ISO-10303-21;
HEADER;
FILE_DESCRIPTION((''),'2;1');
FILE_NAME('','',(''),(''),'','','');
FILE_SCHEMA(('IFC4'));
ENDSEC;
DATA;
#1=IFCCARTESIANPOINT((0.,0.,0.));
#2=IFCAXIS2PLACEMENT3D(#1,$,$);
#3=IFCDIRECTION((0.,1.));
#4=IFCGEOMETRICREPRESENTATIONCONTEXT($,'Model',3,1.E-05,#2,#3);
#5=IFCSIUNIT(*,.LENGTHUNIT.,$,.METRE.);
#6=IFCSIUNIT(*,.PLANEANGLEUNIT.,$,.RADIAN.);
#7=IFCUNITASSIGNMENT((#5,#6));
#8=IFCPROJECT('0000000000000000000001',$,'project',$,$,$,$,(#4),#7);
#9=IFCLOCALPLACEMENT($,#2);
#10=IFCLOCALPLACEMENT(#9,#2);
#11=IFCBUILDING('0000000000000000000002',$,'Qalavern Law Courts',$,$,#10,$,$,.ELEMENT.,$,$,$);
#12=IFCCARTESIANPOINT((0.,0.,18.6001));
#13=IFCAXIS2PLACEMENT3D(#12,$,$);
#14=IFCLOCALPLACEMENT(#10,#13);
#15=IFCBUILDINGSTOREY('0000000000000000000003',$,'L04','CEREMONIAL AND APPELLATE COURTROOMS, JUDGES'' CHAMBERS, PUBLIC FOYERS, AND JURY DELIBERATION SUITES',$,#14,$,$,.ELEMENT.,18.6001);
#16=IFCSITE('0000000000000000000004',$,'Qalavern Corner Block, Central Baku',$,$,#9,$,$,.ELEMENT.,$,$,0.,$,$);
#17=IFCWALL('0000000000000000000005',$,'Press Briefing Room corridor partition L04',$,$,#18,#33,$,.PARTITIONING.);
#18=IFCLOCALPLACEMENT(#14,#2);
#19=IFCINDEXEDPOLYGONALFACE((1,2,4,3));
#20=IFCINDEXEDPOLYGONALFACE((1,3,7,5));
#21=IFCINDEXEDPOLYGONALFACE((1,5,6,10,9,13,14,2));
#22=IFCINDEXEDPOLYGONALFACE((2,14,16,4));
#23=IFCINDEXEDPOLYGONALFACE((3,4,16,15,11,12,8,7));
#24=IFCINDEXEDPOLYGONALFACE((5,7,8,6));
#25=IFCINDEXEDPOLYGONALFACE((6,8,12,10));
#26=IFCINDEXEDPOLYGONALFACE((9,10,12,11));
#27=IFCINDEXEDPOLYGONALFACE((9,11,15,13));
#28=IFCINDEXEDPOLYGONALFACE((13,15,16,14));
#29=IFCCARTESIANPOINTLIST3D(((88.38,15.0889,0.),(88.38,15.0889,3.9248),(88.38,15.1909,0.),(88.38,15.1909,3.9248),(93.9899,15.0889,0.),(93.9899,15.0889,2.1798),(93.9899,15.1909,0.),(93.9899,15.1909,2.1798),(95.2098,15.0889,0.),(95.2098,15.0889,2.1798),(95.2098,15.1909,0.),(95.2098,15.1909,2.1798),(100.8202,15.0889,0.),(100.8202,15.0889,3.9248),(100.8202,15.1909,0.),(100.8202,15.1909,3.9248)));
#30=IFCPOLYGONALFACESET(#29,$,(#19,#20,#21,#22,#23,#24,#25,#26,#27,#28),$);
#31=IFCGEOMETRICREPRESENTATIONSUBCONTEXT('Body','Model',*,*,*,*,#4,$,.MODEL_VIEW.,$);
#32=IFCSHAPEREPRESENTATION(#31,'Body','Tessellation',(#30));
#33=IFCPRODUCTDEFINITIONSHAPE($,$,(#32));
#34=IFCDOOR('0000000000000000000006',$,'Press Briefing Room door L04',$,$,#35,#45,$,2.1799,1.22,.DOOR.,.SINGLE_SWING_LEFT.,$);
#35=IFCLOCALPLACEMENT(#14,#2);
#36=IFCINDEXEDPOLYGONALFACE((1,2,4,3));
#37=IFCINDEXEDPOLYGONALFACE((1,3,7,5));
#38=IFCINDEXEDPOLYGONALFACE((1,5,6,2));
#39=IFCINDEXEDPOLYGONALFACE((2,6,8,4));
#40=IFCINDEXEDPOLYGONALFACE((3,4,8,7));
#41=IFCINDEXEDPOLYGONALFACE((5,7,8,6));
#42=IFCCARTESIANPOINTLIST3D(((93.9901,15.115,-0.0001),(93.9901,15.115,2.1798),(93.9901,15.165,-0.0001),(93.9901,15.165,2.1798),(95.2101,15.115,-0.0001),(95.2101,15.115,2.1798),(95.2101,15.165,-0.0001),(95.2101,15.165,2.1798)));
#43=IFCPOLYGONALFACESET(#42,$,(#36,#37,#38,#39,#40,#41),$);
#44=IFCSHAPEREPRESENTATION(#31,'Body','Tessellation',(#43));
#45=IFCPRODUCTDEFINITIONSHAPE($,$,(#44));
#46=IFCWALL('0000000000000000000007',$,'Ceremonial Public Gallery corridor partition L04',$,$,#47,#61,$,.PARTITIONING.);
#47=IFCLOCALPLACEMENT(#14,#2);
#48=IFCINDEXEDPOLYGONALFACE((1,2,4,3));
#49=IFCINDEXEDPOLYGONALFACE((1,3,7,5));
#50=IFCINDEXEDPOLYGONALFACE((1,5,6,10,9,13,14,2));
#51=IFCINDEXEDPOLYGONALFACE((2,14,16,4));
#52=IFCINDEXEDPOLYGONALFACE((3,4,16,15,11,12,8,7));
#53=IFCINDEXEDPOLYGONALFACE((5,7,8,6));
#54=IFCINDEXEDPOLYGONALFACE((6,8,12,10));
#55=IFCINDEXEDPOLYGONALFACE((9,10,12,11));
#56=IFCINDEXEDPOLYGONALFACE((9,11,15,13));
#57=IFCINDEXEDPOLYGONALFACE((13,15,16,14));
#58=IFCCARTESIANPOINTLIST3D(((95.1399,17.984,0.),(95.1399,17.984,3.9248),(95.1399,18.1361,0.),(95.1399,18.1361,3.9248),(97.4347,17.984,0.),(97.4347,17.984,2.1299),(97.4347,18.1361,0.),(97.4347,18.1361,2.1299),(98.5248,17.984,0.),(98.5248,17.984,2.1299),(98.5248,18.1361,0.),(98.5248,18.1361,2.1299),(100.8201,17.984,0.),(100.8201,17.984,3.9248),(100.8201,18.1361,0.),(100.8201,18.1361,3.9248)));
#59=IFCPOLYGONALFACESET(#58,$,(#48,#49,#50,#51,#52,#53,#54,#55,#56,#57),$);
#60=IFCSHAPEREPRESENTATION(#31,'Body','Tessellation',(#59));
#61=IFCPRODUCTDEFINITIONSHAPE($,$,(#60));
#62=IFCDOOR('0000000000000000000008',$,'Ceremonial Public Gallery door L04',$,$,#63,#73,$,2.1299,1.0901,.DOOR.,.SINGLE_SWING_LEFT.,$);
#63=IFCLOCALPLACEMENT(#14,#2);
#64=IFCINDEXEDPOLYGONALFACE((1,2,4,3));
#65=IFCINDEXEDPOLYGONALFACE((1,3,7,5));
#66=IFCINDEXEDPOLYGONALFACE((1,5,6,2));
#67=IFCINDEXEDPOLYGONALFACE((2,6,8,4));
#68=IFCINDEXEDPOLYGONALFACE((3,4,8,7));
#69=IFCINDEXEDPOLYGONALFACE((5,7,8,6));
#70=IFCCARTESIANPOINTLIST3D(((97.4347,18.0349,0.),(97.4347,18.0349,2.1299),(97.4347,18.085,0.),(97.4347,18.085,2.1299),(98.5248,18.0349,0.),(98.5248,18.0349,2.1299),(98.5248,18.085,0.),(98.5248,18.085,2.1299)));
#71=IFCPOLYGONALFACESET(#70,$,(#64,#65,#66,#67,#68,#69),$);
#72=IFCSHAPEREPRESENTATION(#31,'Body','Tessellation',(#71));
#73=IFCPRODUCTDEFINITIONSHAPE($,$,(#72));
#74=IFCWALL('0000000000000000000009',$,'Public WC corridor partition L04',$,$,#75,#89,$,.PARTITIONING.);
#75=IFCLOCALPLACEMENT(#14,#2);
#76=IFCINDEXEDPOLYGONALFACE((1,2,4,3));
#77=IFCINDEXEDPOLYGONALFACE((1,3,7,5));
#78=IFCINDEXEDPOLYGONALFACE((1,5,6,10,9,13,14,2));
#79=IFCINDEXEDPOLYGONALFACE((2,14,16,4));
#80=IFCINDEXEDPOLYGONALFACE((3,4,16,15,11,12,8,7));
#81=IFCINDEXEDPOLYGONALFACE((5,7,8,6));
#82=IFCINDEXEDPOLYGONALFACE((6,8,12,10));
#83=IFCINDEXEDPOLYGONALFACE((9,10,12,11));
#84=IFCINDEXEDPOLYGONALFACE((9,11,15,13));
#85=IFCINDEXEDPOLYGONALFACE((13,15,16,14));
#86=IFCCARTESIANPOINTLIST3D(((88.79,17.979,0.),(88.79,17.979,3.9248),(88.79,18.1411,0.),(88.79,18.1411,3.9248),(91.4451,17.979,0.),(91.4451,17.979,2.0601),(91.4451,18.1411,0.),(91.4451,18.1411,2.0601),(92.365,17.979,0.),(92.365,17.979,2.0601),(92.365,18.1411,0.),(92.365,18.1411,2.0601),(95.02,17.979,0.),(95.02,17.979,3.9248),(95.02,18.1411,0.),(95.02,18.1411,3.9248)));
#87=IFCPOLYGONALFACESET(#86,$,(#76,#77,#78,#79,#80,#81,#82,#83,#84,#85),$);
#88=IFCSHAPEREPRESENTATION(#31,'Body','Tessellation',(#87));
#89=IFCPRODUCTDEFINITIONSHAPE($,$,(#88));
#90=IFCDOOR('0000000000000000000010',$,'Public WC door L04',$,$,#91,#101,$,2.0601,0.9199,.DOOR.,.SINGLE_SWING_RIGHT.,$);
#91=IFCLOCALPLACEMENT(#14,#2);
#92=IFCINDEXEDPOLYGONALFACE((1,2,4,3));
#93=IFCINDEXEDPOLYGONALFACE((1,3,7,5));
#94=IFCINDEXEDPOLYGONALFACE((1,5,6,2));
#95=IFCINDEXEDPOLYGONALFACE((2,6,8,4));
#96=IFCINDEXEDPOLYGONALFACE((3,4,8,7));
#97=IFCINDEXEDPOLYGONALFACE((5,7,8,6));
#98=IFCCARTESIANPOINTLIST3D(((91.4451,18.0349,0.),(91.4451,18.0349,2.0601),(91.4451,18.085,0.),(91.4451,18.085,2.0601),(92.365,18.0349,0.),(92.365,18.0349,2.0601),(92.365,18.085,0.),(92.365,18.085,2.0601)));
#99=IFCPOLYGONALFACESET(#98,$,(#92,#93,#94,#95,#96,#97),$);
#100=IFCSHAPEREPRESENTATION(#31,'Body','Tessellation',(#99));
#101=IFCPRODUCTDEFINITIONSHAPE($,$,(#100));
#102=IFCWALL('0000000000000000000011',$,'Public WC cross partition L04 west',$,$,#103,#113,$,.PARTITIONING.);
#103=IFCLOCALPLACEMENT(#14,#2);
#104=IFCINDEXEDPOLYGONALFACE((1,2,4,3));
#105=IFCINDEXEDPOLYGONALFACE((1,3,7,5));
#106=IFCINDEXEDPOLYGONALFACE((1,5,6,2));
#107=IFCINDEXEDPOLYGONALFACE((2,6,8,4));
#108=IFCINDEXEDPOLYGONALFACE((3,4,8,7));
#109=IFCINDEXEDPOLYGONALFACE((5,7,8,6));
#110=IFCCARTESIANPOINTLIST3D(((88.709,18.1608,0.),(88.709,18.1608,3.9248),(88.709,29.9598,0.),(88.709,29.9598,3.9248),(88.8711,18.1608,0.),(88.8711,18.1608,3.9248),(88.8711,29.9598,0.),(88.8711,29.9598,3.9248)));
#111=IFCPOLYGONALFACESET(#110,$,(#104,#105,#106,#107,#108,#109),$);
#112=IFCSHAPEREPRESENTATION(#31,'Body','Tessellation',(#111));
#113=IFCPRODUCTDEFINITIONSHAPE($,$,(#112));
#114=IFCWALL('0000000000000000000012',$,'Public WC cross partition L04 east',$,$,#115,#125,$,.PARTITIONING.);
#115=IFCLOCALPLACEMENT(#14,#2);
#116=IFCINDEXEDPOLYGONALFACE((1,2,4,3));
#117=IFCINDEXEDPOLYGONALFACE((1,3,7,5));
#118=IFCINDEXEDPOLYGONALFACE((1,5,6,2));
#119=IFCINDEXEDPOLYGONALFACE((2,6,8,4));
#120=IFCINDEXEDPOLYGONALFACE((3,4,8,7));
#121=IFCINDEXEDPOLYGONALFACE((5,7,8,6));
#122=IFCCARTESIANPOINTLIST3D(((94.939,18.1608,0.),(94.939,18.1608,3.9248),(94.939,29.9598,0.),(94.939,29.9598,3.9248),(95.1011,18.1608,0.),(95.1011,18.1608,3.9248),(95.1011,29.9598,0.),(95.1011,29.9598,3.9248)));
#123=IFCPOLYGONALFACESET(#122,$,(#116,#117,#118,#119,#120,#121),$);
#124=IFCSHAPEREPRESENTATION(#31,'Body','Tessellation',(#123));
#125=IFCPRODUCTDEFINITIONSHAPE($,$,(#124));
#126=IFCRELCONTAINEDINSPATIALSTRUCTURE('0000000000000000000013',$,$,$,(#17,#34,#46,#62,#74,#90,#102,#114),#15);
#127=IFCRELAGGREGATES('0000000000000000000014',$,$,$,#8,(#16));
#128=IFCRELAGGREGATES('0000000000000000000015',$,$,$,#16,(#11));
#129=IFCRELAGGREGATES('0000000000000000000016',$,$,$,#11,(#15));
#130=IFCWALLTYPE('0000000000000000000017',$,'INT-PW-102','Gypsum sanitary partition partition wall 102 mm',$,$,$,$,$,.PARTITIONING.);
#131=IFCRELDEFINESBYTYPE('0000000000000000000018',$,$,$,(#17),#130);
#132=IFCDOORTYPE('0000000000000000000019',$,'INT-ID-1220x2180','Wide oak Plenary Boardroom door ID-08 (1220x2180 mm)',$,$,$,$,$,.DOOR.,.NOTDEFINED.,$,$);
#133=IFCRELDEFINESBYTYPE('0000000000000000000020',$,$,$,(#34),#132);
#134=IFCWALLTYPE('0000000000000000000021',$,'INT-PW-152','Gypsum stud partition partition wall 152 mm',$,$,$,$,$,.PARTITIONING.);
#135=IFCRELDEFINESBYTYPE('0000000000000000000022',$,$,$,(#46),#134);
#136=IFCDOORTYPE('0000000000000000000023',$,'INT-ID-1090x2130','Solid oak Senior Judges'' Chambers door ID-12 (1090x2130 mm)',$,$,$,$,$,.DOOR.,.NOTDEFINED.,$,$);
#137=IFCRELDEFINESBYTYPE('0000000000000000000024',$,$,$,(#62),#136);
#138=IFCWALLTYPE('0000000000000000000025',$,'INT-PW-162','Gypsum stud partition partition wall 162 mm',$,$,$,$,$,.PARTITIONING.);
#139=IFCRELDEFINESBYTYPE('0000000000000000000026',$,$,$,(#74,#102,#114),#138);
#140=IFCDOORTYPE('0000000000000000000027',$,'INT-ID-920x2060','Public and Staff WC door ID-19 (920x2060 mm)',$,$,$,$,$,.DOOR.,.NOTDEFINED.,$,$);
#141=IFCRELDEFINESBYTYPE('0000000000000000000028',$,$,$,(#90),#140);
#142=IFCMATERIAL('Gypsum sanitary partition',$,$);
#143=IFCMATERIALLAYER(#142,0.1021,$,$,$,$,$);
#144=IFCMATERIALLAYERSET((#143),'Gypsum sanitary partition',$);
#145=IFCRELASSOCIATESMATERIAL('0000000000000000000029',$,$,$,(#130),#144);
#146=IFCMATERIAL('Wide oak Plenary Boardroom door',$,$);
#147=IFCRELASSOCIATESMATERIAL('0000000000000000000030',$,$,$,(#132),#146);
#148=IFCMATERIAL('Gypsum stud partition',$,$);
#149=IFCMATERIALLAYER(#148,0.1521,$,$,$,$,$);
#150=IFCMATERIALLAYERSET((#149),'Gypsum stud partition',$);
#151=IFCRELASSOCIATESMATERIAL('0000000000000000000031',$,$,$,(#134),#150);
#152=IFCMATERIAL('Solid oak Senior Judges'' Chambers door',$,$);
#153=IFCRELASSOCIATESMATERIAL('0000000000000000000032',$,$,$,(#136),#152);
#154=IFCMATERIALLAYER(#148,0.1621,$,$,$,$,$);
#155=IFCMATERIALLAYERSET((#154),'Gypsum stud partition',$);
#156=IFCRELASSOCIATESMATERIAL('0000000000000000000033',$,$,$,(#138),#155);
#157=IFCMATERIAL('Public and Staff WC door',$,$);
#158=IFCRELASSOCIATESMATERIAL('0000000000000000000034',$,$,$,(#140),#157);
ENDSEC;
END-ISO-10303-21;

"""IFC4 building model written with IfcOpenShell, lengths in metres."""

from ifc_helpers import new_model, si_unit, direction, frame, frame_2d, origin, place, context, subcontext, project, spatial, rectangle, extrude, material, layer, layer_set, type_object, element, fill, save


model = new_model("IFC4")

# Units and contexts
model_context = context("Model", 3, precision=1e-05, world=origin(), true_north=direction((0.0, 1.0)))
body_context = subcontext(model_context, "Body", "Model", "MODEL_VIEW")
ifc_project = project(units=[si_unit("LENGTHUNIT", "METRE"), si_unit("PLANEANGLEUNIT", "RADIAN")], contexts=[model_context])

# Site, building, storey
site_placement = place(None, origin())
site = spatial("IfcSite", under=ifc_project, at=site_placement, Name="Qalavern Corner Block, Central Baku", CompositionType="ELEMENT", RefElevation=0.0)
building_placement = place(site_placement, origin())
building = spatial("IfcBuilding", under=site, at=building_placement, Name="Qalavern Law Courts", CompositionType="ELEMENT")
storey_placement = place(building_placement, frame((0.0, 0.0, 18.6001)))
storey = spatial("IfcBuildingStorey", under=building, at=storey_placement, Name="L04", Description="CEREMONIAL AND APPELLATE COURTROOMS, JUDGES' CHAMBERS, PUBLIC FOYERS, AND JURY DELIBERATION SUITES", CompositionType="ELEMENT", Elevation=18.6001)

# Walls, openings, doors
ifc_material_1 = material(Name="Gypsum sanitary partition")
ifc_layer_1 = layer(ifc_material_1, 0.1021)
ifc_layer_set_1 = layer_set([ifc_layer_1], Name="Gypsum sanitary partition")
wall_type_1 = type_object("IfcWallType", Name="INT-PW-102", Description="Gypsum sanitary partition partition wall 102 mm", PredefinedType="PARTITIONING", material=ifc_layer_set_1)
wall_1_placement = place(storey_placement, frame((88.3799, 15.1399, 0.0), z_axis=(0.0, 0.0, 1.0), x_axis=(1.0, 0.0, 0.0)))
wall_1 = element("IfcWall", 1, at=wall_1_placement, inside=storey, type_object=wall_type_1, Name="Press Briefing Room corridor partition L04", PredefinedType="PARTITIONING", context=body_context, shape_type="SweptSolid", body=[
    extrude(rectangle(XDim=12.4402, YDim=0.1021, at=frame_2d((6.2202, 0.0))), origin(), (0.0, 0.0, 1.0), 3.9248),
])
opening_1_placement = place(wall_1_placement, frame((5.6101, 0.0, 0.0)))
opening_1 = element("IfcOpeningElement", 2, at=opening_1_placement, cuts=wall_1, PredefinedType="OPENING", context=body_context, shape_type="SweptSolid", body=[
    extrude(rectangle(XDim=1.22, YDim=2.1799, at=frame_2d((0.6099, 1.0898))), frame((0.0, 0.0659, 0.0), z_axis=(0.0, -1.0, 0.0), x_axis=(1.0, 0.0, 0.0)), (0.0, 0.0, 1.0), 0.1318),
])
ifc_material_2 = material(Name="Wide oak Plenary Boardroom door")
door_type_1 = type_object("IfcDoorType", Name="INT-ID-1220x2180", Description="Wide oak Plenary Boardroom door ID-08 (1220x2180 mm)", OperationType="NOTDEFINED", PredefinedType="DOOR", material=ifc_material_2)
door_1_placement = place(opening_1_placement, frame((1.22, 0.0, 0.0), z_axis=(0.0, 0.0, 1.0), x_axis=(-1.0, 0.0, 0.0)))
door_1 = element("IfcDoor", 3, at=door_1_placement, inside=storey, type_object=door_type_1, Name="Press Briefing Room door L04", OperationType="SINGLE_SWING_LEFT", OverallHeight=2.1799, OverallWidth=1.22, PredefinedType="DOOR", context=body_context, shape_type="SweptSolid", body=[
    extrude(rectangle(XDim=1.22, YDim=2.1799, at=frame_2d((0.6099, 1.0898))), frame((0.0, 0.0249, 0.0), z_axis=(0.0, -1.0, 0.0), x_axis=(1.0, 0.0, 0.0)), (0.0, 0.0, 1.0), 0.05),
])
fill(opening_1, door_1)
ifc_material_3 = material(Name="Gypsum stud partition")
ifc_layer_2 = layer(ifc_material_3, 0.1521)
ifc_layer_set_2 = layer_set([ifc_layer_2], Name="Gypsum stud partition")
wall_type_2 = type_object("IfcWallType", Name="INT-PW-152", Description="Gypsum stud partition partition wall 152 mm", PredefinedType="PARTITIONING", material=ifc_layer_set_2)
wall_2_placement = place(storey_placement, frame((95.1399, 18.0601, 0.0), z_axis=(0.0, 0.0, 1.0), x_axis=(1.0, 0.0, 0.0)))
wall_2 = element("IfcWall", 4, at=wall_2_placement, inside=storey, type_object=wall_type_2, Name="Ceremonial Public Gallery corridor partition L04", PredefinedType="PARTITIONING", context=body_context, shape_type="SweptSolid", body=[
    extrude(rectangle(XDim=5.6802, YDim=0.1521, at=frame_2d((2.8401, 0.0))), origin(), (0.0, 0.0, 1.0), 3.9248),
])
opening_2_placement = place(wall_2_placement, frame((2.2949, 0.0, 0.0)))
opening_2 = element("IfcOpeningElement", 5, at=opening_2_placement, cuts=wall_2, PredefinedType="OPENING", context=body_context, shape_type="SweptSolid", body=[
    extrude(rectangle(XDim=1.0901, YDim=2.1299, at=frame_2d((0.5449, 1.0649))), frame((0.0, 0.0908, 0.0), z_axis=(0.0, -1.0, 0.0), x_axis=(1.0, 0.0, 0.0)), (0.0, 0.0, 1.0), 0.1819),
])
ifc_material_4 = material(Name="Solid oak Senior Judges' Chambers door")
door_type_2 = type_object("IfcDoorType", Name="INT-ID-1090x2130", Description="Solid oak Senior Judges' Chambers door ID-12 (1090x2130 mm)", OperationType="NOTDEFINED", PredefinedType="DOOR", material=ifc_material_4)
door_2_placement = place(opening_2_placement, origin())
door_2 = element("IfcDoor", 6, at=door_2_placement, inside=storey, type_object=door_type_2, Name="Ceremonial Public Gallery door L04", OperationType="SINGLE_SWING_LEFT", OverallHeight=2.1299, OverallWidth=1.0901, PredefinedType="DOOR", context=body_context, shape_type="SweptSolid", body=[
    extrude(rectangle(XDim=1.0901, YDim=2.1299, at=frame_2d((0.5449, 1.0649))), frame((0.0, 0.0249, 0.0), z_axis=(0.0, -1.0, 0.0), x_axis=(1.0, 0.0, 0.0)), (0.0, 0.0, 1.0), 0.05),
])
fill(opening_2, door_2)
ifc_layer_3 = layer(ifc_material_3, 0.1621)
ifc_layer_set_3 = layer_set([ifc_layer_3], Name="Gypsum stud partition")
wall_type_3 = type_object("IfcWallType", Name="INT-PW-162", Description="Gypsum stud partition partition wall 162 mm", PredefinedType="PARTITIONING", material=ifc_layer_set_3)
wall_3_placement = place(storey_placement, frame((88.79, 18.0601, 0.0), z_axis=(0.0, 0.0, 1.0), x_axis=(1.0, 0.0, 0.0)))
wall_3 = element("IfcWall", 7, at=wall_3_placement, inside=storey, type_object=wall_type_3, Name="Public WC corridor partition L04", PredefinedType="PARTITIONING", context=body_context, shape_type="SweptSolid", body=[
    extrude(rectangle(XDim=6.23, YDim=0.1621, at=frame_2d((3.115, 0.0))), origin(), (0.0, 0.0, 1.0), 3.9248),
])
opening_3_placement = place(wall_3_placement, frame((2.655, 0.0, 0.0)))
opening_3 = element("IfcOpeningElement", 8, at=opening_3_placement, cuts=wall_3, PredefinedType="OPENING", context=body_context, shape_type="SweptSolid", body=[
    extrude(rectangle(XDim=0.9199, YDim=2.0601, at=frame_2d((0.46, 1.03))), frame((0.0, 0.0959, 0.0), z_axis=(0.0, -1.0, 0.0), x_axis=(1.0, 0.0, 0.0)), (0.0, 0.0, 1.0), 0.1919),
])
ifc_material_5 = material(Name="Public and Staff WC door")
door_type_3 = type_object("IfcDoorType", Name="INT-ID-920x2060", Description="Public and Staff WC door ID-19 (920x2060 mm)", OperationType="NOTDEFINED", PredefinedType="DOOR", material=ifc_material_5)
door_3_placement = place(opening_3_placement, origin())
door_3 = element("IfcDoor", 9, at=door_3_placement, inside=storey, type_object=door_type_3, Name="Public WC door L04", OperationType="SINGLE_SWING_RIGHT", OverallHeight=2.0601, OverallWidth=0.9199, PredefinedType="DOOR", context=body_context, shape_type="SweptSolid", body=[
    extrude(rectangle(XDim=0.9199, YDim=2.0601, at=frame_2d((0.46, 1.03))), frame((0.0, 0.0249, 0.0), z_axis=(0.0, -1.0, 0.0), x_axis=(1.0, 0.0, 0.0)), (0.0, 0.0, 1.0), 0.05),
])
fill(opening_3, door_3)

# Walls
for number, where, z_axis, x_axis, name in (
    (10, (88.79, 18.1609, 0.0), (0.0, 0.0, 1.0), (0.0, 1.0, 0.0), "Public WC cross partition L04 west"),
    (11, (95.02, 18.1609, 0.0), (0.0, 0.0, 1.0), (0.0, 1.0, 0.0), "Public WC cross partition L04 east"),
):
    element("IfcWall", number, at=place(storey_placement, frame(where, z_axis=z_axis, x_axis=x_axis)), inside=storey, type_object=wall_type_3, Name=name, PredefinedType="PARTITIONING", context=body_context, shape_type="SweptSolid", body=[
        extrude(rectangle(XDim=11.7991, YDim=0.1621, at=frame_2d((5.8994, 0.0))), origin(), (0.0, 0.0, 1.0), 3.9248),
    ])

save(model, "model.ifc")
